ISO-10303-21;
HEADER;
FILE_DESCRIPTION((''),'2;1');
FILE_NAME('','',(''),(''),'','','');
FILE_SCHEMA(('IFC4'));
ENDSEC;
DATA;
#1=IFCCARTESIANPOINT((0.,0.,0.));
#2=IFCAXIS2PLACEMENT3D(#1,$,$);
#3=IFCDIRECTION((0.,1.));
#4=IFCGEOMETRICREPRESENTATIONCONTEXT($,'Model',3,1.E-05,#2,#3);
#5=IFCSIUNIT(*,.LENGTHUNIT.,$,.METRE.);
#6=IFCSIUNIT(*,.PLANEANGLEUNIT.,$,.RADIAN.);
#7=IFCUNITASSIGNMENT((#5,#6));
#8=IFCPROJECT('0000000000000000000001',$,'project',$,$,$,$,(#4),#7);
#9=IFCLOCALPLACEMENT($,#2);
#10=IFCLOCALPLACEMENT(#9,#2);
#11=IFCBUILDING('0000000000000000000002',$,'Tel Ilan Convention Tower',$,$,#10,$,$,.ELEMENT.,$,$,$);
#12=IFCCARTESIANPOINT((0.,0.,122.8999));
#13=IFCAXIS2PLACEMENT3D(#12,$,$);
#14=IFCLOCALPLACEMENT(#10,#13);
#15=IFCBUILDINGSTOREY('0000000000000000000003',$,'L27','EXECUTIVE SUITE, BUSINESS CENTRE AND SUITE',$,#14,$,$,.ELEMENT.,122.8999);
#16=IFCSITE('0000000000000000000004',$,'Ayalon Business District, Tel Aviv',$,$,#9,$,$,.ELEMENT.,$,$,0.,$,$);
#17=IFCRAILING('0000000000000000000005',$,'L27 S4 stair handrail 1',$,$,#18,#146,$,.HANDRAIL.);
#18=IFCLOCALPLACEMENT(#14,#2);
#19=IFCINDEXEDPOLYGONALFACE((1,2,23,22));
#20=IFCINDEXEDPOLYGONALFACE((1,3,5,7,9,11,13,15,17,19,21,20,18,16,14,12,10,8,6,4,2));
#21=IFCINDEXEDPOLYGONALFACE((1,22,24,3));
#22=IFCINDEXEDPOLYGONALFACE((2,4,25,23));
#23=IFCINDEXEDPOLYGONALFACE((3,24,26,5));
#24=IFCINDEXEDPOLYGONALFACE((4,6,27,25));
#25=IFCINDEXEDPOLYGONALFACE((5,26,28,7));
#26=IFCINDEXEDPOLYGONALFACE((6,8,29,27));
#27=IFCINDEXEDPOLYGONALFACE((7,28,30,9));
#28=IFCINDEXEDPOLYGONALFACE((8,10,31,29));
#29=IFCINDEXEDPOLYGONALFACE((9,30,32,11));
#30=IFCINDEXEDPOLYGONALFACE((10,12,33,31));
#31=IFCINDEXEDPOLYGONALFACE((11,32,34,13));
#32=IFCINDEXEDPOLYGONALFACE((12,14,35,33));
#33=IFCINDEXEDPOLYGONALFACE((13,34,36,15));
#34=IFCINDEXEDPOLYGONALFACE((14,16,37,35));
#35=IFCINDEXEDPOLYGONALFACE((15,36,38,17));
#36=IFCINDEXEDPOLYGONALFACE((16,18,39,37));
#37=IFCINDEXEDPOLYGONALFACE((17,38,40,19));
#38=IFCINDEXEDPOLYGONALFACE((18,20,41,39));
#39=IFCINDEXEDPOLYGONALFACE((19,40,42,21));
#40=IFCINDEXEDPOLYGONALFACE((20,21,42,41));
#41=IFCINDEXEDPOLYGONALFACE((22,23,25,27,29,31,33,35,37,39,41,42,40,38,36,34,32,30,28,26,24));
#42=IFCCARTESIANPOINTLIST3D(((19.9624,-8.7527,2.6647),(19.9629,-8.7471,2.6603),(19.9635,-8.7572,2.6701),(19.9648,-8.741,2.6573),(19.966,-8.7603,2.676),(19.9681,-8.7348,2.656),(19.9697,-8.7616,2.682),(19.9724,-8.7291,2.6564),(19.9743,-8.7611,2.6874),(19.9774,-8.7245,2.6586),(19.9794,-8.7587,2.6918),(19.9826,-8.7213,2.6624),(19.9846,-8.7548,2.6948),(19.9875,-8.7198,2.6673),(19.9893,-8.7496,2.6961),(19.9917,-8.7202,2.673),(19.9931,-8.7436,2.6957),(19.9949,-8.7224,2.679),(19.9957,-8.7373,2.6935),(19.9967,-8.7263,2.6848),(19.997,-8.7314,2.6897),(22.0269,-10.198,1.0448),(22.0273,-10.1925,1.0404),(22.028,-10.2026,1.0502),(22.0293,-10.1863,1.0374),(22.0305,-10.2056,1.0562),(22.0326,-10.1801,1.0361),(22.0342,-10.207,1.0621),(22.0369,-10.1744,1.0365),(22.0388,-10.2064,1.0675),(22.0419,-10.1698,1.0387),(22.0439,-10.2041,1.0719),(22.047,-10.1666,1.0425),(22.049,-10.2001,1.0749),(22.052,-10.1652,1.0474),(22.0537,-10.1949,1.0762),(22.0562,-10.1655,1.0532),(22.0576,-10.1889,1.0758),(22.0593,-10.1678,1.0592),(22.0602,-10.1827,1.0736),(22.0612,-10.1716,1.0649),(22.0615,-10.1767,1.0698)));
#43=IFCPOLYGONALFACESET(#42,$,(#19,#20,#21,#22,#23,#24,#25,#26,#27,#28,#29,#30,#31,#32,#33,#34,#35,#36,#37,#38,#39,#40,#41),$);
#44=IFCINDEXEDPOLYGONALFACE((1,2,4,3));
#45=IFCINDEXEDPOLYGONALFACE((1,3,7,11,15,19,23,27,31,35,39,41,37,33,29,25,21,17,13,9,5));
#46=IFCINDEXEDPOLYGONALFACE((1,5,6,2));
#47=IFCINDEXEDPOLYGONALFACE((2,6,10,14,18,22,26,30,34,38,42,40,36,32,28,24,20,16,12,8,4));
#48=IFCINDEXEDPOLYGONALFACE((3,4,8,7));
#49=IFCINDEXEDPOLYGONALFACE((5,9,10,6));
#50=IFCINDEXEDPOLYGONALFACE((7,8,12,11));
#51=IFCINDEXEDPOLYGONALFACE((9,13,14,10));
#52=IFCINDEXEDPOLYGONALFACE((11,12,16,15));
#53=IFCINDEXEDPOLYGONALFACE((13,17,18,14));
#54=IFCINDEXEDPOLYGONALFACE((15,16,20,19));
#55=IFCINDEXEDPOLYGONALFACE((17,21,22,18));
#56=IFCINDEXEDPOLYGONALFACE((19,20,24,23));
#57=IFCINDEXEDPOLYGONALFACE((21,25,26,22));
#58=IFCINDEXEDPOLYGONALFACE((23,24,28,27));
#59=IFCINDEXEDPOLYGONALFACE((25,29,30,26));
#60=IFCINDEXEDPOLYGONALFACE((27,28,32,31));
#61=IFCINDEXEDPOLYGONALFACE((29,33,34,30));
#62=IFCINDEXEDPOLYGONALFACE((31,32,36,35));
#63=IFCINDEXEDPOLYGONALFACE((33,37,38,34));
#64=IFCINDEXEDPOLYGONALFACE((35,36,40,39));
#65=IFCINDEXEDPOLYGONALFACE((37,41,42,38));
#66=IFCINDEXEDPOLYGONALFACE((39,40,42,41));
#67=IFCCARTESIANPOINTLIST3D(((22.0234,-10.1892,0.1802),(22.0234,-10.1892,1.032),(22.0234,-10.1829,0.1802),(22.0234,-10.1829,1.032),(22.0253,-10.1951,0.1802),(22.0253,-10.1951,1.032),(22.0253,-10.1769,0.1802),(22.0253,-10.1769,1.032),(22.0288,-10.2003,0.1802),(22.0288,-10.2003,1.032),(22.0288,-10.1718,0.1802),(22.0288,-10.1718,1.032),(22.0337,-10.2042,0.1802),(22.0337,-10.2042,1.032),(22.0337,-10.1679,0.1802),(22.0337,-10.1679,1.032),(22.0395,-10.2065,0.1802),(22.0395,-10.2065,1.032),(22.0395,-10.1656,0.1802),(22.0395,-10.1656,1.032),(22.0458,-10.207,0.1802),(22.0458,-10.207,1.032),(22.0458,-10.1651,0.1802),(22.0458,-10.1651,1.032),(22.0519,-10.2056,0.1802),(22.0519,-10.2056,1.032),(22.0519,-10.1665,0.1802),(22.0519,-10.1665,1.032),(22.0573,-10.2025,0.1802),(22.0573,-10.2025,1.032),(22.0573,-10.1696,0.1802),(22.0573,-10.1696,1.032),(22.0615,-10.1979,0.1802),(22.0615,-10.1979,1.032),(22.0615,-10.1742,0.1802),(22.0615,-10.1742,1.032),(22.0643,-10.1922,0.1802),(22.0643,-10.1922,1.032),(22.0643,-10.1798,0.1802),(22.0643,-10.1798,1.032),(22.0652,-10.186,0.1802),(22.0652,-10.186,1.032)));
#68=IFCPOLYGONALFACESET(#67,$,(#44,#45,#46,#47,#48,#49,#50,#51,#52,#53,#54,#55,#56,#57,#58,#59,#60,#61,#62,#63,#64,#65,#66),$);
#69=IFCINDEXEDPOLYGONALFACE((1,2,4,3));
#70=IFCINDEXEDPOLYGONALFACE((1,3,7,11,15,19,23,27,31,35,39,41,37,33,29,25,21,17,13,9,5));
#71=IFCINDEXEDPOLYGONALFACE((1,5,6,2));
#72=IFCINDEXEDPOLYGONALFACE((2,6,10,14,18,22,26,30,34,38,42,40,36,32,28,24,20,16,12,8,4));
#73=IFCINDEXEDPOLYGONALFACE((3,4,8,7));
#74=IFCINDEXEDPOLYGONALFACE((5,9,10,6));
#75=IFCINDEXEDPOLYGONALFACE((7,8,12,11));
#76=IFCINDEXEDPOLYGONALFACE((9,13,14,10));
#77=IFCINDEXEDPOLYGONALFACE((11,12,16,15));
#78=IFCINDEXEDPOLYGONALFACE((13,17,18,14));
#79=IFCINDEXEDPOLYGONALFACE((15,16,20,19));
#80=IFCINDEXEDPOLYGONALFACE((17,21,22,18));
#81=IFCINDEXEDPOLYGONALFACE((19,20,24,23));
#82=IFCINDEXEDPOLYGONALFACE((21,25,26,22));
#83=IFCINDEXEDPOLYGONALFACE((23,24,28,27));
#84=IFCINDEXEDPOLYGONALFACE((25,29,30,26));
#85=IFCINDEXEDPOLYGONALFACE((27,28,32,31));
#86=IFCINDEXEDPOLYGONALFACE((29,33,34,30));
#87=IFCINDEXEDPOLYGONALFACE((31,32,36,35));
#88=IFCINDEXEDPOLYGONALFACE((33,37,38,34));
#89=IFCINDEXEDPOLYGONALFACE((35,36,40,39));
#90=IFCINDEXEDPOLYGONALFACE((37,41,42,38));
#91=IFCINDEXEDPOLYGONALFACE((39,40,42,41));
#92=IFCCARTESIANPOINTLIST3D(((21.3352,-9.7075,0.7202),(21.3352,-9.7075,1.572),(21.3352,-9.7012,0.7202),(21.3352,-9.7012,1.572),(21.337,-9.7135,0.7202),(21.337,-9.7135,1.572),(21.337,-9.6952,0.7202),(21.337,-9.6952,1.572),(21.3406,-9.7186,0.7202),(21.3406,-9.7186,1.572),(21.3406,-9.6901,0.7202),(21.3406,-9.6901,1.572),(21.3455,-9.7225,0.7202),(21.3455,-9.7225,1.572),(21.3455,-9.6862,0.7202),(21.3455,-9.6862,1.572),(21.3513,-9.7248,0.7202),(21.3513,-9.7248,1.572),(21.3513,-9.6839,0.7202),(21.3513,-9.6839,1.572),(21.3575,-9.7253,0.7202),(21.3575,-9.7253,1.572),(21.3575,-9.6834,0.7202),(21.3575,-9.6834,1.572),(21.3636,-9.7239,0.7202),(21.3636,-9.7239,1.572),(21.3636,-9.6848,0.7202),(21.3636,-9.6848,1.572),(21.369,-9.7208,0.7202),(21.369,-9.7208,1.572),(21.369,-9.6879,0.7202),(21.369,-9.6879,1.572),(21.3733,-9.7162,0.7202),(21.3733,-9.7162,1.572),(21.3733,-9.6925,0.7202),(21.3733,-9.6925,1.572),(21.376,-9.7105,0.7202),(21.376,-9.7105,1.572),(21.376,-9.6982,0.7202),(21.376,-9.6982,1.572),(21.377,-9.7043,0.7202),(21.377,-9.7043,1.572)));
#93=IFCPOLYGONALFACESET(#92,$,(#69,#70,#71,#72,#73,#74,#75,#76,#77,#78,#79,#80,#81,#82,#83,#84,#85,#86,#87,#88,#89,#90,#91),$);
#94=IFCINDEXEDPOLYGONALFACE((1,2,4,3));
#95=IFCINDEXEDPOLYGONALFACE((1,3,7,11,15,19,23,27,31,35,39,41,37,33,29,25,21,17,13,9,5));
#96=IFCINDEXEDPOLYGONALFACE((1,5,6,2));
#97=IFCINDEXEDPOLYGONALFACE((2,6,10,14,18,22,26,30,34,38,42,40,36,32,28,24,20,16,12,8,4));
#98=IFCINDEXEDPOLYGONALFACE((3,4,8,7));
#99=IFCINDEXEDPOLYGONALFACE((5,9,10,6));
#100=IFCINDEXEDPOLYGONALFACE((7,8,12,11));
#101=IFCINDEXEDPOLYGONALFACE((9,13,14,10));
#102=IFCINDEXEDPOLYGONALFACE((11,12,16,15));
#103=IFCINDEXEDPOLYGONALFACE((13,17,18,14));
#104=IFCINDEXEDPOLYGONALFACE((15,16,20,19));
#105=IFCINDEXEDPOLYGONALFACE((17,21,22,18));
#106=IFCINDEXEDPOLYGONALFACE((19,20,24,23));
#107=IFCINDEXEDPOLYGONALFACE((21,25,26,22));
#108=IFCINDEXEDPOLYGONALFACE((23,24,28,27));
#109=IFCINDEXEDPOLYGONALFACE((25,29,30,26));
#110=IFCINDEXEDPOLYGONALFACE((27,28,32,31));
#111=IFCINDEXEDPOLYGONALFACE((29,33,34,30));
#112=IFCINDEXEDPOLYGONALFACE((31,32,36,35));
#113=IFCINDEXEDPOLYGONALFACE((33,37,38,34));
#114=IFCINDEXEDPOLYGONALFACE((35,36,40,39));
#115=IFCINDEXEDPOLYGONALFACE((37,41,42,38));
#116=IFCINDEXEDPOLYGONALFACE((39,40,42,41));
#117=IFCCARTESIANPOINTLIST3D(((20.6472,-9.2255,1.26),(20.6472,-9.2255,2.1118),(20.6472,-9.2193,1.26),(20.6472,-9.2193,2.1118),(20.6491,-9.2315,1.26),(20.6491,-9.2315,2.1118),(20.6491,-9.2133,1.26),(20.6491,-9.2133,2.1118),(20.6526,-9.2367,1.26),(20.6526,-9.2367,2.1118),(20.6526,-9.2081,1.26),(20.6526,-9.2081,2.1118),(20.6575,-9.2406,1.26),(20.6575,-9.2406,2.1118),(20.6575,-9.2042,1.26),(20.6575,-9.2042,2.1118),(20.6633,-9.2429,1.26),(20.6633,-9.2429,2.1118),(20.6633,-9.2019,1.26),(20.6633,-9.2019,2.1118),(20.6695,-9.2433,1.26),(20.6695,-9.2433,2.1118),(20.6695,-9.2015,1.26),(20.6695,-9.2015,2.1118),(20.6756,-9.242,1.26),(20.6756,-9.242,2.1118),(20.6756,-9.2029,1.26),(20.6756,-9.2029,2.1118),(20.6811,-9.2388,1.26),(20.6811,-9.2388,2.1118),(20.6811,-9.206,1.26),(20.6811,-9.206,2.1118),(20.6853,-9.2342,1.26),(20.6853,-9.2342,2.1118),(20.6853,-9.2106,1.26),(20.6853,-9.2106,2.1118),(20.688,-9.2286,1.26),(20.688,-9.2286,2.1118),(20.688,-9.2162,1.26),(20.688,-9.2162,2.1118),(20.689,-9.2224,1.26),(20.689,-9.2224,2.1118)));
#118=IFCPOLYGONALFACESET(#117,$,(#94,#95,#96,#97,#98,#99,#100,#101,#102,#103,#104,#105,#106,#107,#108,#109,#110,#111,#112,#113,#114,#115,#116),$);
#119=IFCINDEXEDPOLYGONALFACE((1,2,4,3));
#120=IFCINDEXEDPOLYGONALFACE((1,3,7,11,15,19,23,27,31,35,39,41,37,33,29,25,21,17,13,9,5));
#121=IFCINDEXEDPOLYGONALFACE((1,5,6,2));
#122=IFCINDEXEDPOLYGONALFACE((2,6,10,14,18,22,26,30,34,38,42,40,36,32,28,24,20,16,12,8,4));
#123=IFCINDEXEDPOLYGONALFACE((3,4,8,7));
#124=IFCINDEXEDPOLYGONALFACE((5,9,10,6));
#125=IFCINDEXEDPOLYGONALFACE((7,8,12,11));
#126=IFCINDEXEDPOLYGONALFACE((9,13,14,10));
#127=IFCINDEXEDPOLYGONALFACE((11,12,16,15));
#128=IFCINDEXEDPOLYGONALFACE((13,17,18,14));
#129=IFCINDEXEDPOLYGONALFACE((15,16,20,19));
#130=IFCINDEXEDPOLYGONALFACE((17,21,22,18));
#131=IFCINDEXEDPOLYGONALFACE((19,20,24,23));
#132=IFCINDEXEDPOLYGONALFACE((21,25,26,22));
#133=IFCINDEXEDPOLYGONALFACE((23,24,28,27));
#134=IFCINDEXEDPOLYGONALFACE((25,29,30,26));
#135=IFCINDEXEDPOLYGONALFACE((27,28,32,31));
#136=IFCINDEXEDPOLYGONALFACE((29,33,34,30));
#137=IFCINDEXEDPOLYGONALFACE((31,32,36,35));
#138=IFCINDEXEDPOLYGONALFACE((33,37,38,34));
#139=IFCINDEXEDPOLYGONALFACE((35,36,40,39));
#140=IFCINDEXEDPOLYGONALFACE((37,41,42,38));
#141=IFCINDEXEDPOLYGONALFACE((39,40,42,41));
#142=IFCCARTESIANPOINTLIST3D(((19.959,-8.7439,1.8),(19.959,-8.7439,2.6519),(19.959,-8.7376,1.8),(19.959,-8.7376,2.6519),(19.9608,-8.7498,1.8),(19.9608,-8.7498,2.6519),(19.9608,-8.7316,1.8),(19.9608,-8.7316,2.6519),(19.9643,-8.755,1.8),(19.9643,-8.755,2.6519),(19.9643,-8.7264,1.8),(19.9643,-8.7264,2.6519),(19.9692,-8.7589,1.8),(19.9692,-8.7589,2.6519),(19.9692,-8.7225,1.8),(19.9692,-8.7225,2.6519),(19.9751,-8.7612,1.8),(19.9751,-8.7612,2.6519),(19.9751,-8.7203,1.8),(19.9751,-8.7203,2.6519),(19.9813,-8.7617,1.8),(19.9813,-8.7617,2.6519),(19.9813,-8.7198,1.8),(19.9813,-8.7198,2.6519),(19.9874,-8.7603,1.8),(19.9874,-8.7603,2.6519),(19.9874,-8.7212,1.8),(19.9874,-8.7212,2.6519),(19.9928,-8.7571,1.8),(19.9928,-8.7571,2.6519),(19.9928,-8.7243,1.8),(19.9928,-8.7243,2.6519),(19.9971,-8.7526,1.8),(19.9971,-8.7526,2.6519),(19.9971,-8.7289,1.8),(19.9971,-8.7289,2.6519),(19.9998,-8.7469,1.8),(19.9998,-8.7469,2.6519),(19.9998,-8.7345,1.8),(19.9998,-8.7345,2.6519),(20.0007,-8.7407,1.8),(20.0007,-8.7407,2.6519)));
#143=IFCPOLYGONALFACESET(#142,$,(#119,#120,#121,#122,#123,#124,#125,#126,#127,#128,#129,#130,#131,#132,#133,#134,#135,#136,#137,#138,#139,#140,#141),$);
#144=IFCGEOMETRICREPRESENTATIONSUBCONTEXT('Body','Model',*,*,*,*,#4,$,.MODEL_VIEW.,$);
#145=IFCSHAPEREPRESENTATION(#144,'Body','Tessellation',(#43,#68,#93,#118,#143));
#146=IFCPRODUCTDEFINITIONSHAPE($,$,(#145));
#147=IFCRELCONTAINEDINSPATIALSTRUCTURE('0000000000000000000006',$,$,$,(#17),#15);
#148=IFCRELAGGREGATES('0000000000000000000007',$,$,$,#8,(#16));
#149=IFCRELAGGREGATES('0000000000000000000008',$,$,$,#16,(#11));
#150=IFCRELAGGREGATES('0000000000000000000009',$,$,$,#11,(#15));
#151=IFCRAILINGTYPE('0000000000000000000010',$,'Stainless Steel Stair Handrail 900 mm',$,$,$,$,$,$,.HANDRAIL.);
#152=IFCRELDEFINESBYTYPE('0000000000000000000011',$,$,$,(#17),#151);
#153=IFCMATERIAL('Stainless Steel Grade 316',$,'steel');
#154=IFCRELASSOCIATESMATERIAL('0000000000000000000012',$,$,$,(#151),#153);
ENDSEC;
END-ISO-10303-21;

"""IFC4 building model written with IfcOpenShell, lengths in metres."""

from ifc_helpers import new_model, si_unit, direction, frame, origin, origin_2d, place, context, subcontext, project, spatial, circle, extrude, material, type_object, element, save


model = new_model("IFC4")

# Units and contexts
model_context = context("Model", 3, precision=1e-05, world=origin(), true_north=direction((0.0, 1.0)))
body_context = subcontext(model_context, "Body", "Model", "MODEL_VIEW")
ifc_project = project(units=[si_unit("LENGTHUNIT", "METRE"), si_unit("PLANEANGLEUNIT", "RADIAN")], contexts=[model_context])

# Site, building, storey
site_placement = place(None, origin())
site = spatial("IfcSite", under=ifc_project, at=site_placement, Name="Ayalon Business District, Tel Aviv", CompositionType="ELEMENT", RefElevation=0.0)
building_placement = place(site_placement, origin())
building = spatial("IfcBuilding", under=site, at=building_placement, Name="Tel Ilan Convention Tower", CompositionType="ELEMENT")
storey_placement = place(building_placement, frame((0.0, 0.0, 122.8999)))
storey = spatial("IfcBuildingStorey", under=building, at=storey_placement, Name="L27", Description="EXECUTIVE SUITE, BUSINESS CENTRE AND SUITE", CompositionType="ELEMENT", Elevation=122.8999)

# Railing
ifc_material_1 = material(Name="Stainless Steel Grade 316", Category="steel")
railing_type_1 = type_object("IfcRailingType", Name="Stainless Steel Stair Handrail 900 mm", PredefinedType="HANDRAIL", material=ifc_material_1)
railing_1_placement = place(storey_placement, frame((22.0442, -10.186, 0.1802)))
element("IfcRailing", 1, at=railing_1_placement, inside=storey, type_object=railing_type_1, Name="L27 S4 stair handrail 1", PredefinedType="HANDRAIL", context=body_context, shape_type="SweptSolid", body=[
    extrude(circle(Radius=0.0239, at=origin_2d()), frame((0.0, 0.0, 0.876), z_axis=(-0.689113, 0.482444, 0.540713), x_axis=(-0.573514, -0.819196, 0.0)), (0.0, 0.0, 1.0), 2.9958),
    extrude(circle(Radius=0.021, at=origin_2d()), origin(), (0.0, 0.0, 1.0), 0.8518),
    extrude(circle(Radius=0.021, at=origin_2d()), frame((-0.6882, 0.4817, 0.54)), (0.0, 0.0, 1.0), 0.8518),
    extrude(circle(Radius=0.021, at=origin_2d()), frame((-1.3762, 0.9636, 1.0798)), (0.0, 0.0, 1.0), 0.8518),
    extrude(circle(Radius=0.021, at=origin_2d()), frame((-2.0645, 1.4453, 1.6199)), (0.0, 0.0, 1.0), 0.8518),
])

save(model, "model.ifc")
